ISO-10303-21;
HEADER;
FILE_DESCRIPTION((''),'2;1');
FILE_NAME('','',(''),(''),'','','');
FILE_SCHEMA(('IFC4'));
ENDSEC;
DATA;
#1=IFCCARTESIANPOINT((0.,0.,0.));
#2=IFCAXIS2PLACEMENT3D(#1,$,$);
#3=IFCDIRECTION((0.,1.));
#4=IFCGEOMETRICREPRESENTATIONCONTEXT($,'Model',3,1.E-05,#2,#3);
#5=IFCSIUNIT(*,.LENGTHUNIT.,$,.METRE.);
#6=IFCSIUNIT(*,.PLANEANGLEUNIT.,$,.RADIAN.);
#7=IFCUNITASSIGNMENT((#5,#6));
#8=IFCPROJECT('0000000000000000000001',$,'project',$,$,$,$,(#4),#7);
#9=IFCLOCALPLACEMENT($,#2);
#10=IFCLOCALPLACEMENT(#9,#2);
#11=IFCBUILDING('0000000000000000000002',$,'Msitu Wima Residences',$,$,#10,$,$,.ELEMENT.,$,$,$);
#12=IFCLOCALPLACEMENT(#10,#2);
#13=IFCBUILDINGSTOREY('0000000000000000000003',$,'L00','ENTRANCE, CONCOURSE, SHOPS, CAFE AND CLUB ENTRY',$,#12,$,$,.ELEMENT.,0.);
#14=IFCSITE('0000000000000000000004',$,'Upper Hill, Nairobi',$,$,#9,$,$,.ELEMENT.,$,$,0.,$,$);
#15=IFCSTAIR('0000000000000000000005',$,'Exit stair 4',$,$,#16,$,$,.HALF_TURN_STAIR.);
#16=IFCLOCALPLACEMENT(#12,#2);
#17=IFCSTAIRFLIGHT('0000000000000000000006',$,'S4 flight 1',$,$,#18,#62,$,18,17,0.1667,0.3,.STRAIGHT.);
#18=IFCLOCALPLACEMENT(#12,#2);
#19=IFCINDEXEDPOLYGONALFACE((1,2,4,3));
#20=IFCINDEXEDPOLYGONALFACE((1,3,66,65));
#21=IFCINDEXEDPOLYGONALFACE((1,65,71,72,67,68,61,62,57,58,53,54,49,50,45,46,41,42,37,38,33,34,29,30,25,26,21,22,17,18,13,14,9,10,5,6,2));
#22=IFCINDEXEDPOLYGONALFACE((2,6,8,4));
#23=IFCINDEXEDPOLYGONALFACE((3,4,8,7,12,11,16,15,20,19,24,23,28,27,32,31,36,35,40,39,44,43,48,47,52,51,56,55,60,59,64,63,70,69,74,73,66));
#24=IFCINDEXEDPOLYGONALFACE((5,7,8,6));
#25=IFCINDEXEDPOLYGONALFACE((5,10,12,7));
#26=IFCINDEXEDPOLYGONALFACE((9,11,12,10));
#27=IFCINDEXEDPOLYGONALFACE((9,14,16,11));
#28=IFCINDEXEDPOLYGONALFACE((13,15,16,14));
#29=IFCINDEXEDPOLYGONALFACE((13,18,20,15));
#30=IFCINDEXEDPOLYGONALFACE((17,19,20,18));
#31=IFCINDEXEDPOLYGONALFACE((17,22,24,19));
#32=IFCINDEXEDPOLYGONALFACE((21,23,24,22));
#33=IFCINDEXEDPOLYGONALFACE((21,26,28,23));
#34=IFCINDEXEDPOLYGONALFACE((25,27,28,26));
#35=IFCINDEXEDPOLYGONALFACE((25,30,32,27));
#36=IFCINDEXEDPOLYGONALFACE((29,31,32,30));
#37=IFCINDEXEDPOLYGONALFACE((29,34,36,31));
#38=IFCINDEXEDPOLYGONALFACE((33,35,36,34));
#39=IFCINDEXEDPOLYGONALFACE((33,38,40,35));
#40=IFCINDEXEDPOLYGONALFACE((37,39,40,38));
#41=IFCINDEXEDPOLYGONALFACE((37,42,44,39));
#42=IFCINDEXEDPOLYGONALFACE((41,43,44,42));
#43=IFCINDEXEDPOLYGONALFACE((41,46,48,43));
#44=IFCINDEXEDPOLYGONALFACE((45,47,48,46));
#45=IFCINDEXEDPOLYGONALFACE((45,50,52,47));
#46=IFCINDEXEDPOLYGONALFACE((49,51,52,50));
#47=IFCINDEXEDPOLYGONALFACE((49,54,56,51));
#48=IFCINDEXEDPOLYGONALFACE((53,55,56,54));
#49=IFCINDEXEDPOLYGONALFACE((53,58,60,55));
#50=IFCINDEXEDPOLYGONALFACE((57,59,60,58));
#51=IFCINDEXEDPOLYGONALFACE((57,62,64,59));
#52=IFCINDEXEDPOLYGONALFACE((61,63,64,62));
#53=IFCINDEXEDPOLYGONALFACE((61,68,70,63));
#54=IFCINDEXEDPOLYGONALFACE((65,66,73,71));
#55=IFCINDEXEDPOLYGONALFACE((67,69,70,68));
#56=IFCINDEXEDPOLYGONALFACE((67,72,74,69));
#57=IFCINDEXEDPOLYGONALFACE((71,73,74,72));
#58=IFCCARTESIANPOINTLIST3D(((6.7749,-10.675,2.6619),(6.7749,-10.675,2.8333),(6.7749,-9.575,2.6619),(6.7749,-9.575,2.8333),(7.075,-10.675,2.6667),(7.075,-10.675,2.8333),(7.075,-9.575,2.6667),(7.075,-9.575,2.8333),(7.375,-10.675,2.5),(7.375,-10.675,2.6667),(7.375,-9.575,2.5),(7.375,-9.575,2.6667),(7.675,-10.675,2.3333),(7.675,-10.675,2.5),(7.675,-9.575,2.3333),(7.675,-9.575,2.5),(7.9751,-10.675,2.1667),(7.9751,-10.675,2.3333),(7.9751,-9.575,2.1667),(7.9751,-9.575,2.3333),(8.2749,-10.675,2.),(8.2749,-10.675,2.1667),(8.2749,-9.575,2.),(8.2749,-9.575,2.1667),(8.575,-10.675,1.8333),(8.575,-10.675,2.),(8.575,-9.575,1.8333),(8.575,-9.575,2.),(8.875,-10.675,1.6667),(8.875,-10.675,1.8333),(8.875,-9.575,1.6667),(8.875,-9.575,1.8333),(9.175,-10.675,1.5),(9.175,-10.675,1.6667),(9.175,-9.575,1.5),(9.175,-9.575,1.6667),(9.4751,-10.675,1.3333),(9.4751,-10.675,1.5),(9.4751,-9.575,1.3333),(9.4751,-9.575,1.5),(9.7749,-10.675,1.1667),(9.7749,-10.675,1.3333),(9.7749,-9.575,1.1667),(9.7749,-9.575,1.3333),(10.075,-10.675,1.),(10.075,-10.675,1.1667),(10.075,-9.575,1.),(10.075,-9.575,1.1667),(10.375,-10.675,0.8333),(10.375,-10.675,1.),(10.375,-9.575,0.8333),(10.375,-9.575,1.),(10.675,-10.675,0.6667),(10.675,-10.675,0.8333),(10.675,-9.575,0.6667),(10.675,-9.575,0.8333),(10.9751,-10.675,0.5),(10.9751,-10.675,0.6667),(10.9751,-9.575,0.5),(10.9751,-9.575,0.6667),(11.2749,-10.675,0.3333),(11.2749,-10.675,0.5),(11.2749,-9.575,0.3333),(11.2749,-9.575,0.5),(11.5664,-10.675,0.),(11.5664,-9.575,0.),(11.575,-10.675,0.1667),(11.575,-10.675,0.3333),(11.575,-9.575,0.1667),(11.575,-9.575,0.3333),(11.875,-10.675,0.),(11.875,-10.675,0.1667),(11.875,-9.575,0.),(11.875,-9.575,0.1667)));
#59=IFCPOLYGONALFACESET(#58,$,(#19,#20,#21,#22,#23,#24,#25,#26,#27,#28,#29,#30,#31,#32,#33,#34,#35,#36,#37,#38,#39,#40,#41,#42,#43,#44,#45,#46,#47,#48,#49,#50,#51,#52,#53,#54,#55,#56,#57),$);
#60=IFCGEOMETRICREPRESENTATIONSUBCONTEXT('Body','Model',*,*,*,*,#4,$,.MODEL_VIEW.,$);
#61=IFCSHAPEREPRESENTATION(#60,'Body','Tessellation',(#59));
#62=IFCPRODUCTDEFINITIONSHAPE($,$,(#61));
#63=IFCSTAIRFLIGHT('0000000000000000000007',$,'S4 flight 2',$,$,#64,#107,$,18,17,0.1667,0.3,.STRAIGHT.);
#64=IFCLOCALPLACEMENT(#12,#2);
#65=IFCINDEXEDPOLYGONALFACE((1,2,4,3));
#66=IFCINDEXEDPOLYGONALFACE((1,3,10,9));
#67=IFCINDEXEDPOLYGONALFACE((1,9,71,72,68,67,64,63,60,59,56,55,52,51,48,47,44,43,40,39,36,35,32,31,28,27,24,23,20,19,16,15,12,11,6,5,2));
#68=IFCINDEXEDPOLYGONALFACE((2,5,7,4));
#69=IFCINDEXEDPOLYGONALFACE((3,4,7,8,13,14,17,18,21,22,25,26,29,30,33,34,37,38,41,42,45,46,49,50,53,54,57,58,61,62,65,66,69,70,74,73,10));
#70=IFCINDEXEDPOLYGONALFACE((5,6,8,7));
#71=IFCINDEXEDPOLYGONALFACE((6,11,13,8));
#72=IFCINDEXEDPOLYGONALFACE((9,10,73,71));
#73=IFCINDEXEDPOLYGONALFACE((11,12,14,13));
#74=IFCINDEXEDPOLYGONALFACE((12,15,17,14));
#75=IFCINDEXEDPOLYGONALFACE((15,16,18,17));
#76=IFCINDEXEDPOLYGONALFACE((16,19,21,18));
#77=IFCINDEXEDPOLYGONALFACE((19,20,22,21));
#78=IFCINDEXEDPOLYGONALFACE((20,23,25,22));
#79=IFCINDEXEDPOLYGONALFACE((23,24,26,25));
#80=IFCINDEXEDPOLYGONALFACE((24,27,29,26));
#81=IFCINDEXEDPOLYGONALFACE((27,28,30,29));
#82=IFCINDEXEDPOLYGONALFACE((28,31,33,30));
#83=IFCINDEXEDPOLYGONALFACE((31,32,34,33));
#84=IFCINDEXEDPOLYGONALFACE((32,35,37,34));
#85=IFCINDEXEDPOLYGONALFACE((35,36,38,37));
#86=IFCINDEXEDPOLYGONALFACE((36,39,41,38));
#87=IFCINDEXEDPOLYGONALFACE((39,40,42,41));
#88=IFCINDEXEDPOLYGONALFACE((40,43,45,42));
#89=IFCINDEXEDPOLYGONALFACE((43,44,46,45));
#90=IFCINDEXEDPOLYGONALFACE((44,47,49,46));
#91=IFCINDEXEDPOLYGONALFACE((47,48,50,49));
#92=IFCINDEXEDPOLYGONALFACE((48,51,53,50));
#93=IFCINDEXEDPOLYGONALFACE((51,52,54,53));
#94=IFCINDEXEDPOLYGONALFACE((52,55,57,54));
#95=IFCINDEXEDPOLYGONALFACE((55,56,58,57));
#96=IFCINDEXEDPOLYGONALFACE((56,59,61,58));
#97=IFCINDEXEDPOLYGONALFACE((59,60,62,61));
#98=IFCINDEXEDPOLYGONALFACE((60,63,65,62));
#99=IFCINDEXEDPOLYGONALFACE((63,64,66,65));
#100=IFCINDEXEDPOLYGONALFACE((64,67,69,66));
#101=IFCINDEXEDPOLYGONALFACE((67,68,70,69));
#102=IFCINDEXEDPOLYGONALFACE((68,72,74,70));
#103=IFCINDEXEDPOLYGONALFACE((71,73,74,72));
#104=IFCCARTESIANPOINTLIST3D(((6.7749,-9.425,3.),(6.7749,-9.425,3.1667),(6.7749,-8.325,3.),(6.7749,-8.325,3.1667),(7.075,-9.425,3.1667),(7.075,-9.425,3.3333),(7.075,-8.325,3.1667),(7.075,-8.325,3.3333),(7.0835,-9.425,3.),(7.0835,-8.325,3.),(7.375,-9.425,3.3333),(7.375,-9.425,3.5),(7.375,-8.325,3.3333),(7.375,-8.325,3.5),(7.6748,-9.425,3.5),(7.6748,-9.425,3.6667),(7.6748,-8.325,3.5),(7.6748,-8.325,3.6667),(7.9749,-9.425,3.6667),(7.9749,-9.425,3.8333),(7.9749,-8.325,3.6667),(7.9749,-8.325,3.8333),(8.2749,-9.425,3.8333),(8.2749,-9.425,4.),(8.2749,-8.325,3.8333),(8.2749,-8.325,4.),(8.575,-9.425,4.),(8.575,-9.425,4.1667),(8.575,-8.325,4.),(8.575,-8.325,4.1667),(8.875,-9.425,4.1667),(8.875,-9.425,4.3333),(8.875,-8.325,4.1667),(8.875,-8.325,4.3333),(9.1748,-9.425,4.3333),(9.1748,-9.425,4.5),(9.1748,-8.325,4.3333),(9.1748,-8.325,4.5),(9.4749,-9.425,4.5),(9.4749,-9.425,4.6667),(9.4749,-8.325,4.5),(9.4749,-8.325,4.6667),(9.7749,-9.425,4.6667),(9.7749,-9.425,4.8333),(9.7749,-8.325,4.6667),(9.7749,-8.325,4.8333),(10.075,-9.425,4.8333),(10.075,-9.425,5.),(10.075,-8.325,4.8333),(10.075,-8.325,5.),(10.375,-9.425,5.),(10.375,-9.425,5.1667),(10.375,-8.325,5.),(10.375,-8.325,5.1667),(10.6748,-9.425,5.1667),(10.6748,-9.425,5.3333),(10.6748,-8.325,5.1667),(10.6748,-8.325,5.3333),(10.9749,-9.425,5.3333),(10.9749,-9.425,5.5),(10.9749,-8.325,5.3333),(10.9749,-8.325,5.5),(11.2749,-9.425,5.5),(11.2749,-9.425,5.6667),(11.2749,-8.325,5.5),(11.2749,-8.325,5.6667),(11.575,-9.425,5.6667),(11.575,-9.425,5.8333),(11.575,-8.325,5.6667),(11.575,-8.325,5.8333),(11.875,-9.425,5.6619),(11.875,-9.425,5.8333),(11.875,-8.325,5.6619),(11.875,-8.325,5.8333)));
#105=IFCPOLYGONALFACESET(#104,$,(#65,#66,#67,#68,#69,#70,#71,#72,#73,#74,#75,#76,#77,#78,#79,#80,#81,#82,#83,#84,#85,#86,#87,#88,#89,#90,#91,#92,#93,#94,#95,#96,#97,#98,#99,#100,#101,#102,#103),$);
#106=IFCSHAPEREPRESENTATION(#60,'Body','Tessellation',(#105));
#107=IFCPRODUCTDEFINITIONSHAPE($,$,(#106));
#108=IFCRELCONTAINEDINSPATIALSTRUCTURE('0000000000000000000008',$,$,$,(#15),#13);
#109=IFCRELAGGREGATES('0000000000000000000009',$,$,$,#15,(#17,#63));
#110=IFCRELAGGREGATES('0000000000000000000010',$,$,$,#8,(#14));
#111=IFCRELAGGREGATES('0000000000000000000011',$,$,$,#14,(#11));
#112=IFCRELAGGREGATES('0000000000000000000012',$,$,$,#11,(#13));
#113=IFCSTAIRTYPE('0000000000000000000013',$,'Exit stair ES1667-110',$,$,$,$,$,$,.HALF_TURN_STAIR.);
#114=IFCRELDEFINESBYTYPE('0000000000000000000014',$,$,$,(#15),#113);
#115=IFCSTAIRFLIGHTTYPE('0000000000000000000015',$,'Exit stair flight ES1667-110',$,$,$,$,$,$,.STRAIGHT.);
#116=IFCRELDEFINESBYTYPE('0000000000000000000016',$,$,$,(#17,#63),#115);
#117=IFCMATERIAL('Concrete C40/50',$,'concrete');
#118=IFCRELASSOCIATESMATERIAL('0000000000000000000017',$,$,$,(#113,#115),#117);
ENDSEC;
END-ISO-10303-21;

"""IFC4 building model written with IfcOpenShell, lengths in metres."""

from ifc_helpers import new_model, si_unit, direction, frame, origin, place, context, subcontext, project, spatial, polyline, outline, extrude, material, type_object, element, aggregate, save


model = new_model("IFC4")

# Units and contexts
model_context = context("Model", 3, precision=1e-05, world=origin(), true_north=direction((0.0, 1.0)))
body_context = subcontext(model_context, "Body", "Model", "MODEL_VIEW")
ifc_project = project(units=[si_unit("LENGTHUNIT", "METRE"), si_unit("PLANEANGLEUNIT", "RADIAN")], contexts=[model_context])

# Site, building, storey
site_placement = place(None, origin())
site = spatial("IfcSite", under=ifc_project, at=site_placement, Name="Upper Hill, Nairobi", CompositionType="ELEMENT", RefElevation=0.0)
building_placement = place(site_placement, origin())
building = spatial("IfcBuilding", under=site, at=building_placement, Name="Msitu Wima Residences", CompositionType="ELEMENT")
storey_placement = place(building_placement, origin())
storey = spatial("IfcBuildingStorey", under=building, at=storey_placement, Name="L00", Description="ENTRANCE, CONCOURSE, SHOPS, CAFE AND CLUB ENTRY", CompositionType="ELEMENT", Elevation=0.0)

# Stair, stair flights
ifc_material_1 = material(Name="Concrete C40/50", Category="concrete")
stair_type = type_object("IfcStairType", Name="Exit stair ES1667-110", PredefinedType="HALF_TURN_STAIR", material=ifc_material_1)
stair_placement = place(storey_placement, origin())
stair = element("IfcStair", 1, at=stair_placement, inside=storey, type_object=stair_type, Name="Exit stair 4", PredefinedType="HALF_TURN_STAIR")
stair_flight_type = type_object("IfcStairFlightType", Name="Exit stair flight ES1667-110", PredefinedType="STRAIGHT", material=ifc_material_1)
stair_flight_1_placement = place(storey_placement, frame((11.875, -10.125, 0.0), z_axis=(0.0, 0.0, 1.0), x_axis=(-1.0, 0.0, 0.0)))
stair_flight_1 = element("IfcStairFlight", 2, at=stair_flight_1_placement, type_object=stair_flight_type, Name="S4 flight 1", NumberOfRisers=18, NumberOfTreads=17, PredefinedType="STRAIGHT", RiserHeight=0.1667, TreadLength=0.3, context=body_context, shape_type="SweptSolid", body=[
    extrude(outline(polyline([(0.0, 0.0), (0.0, 0.1667), (0.3, 0.1667), (0.3, 0.3333), (0.6001, 0.3333), (0.6001, 0.5), (0.8999, 0.5), (0.8999, 0.6667), (1.2, 0.6667), (1.2, 0.8333), (1.5, 0.8333), (1.5, 1.0), (1.8, 1.0), (1.8, 1.1667), (2.1001, 1.1667), (2.1001, 1.3333), (2.3999, 1.3333), (2.3999, 1.5), (2.7, 1.5), (2.7, 1.6667), (3.0, 1.6667), (3.0, 1.8333), (3.3, 1.8333), (3.3, 2.0), (3.6001, 2.0), (3.6001, 2.1667), (3.8999, 2.1667), (3.8999, 2.3333), (4.2, 2.3333), (4.2, 2.5), (4.5, 2.5), (4.5, 2.6667), (4.8, 2.6667), (4.8, 2.8333), (5.1001, 2.8333), (5.1001, 3.0), (5.1001, 2.6619), (0.3086, 0.0), (0.0, 0.0)])), frame((0.0, 0.55, 0.0), z_axis=(0.0, -1.0, 0.0), x_axis=(1.0, 0.0, 0.0)), (0.0, 0.0, 1.0), 1.1001),
])
stair_flight_2_placement = place(storey_placement, frame((6.7749, -8.875, 3.0), z_axis=(0.0, 0.0, 1.0), x_axis=(1.0, 0.0, 0.0)))
stair_flight_2 = element("IfcStairFlight", 3, at=stair_flight_2_placement, type_object=stair_flight_type, Name="S4 flight 2", NumberOfRisers=18, NumberOfTreads=17, PredefinedType="STRAIGHT", RiserHeight=0.1667, TreadLength=0.3, context=body_context, shape_type="SweptSolid", body=[
    extrude(outline(polyline([(0.0, 0.0), (0.0, 0.1667), (0.3, 0.1667), (0.3, 0.3333), (0.6001, 0.3333), (0.6001, 0.5), (0.8999, 0.5), (0.8999, 0.6667), (1.2, 0.6667), (1.2, 0.8333), (1.5, 0.8333), (1.5, 1.0), (1.8, 1.0), (1.8, 1.1667), (2.1001, 1.1667), (2.1001, 1.3333), (2.3999, 1.3333), (2.3999, 1.5), (2.7, 1.5), (2.7, 1.6667), (3.0, 1.6667), (3.0, 1.8333), (3.3, 1.8333), (3.3, 2.0), (3.6001, 2.0), (3.6001, 2.1667), (3.8999, 2.1667), (3.8999, 2.3333), (4.2, 2.3333), (4.2, 2.5), (4.5, 2.5), (4.5, 2.6667), (4.8, 2.6667), (4.8, 2.8333), (5.1001, 2.8333), (5.1001, 3.0), (5.1001, 2.6619), (0.3086, 0.0), (0.0, 0.0)])), frame((0.0, 0.55, 0.0), z_axis=(0.0, -1.0, 0.0), x_axis=(1.0, 0.0, 0.0)), (0.0, 0.0, 1.0), 1.1001),
])
aggregate(stair, [stair_flight_1, stair_flight_2])

save(model, "model.ifc")
